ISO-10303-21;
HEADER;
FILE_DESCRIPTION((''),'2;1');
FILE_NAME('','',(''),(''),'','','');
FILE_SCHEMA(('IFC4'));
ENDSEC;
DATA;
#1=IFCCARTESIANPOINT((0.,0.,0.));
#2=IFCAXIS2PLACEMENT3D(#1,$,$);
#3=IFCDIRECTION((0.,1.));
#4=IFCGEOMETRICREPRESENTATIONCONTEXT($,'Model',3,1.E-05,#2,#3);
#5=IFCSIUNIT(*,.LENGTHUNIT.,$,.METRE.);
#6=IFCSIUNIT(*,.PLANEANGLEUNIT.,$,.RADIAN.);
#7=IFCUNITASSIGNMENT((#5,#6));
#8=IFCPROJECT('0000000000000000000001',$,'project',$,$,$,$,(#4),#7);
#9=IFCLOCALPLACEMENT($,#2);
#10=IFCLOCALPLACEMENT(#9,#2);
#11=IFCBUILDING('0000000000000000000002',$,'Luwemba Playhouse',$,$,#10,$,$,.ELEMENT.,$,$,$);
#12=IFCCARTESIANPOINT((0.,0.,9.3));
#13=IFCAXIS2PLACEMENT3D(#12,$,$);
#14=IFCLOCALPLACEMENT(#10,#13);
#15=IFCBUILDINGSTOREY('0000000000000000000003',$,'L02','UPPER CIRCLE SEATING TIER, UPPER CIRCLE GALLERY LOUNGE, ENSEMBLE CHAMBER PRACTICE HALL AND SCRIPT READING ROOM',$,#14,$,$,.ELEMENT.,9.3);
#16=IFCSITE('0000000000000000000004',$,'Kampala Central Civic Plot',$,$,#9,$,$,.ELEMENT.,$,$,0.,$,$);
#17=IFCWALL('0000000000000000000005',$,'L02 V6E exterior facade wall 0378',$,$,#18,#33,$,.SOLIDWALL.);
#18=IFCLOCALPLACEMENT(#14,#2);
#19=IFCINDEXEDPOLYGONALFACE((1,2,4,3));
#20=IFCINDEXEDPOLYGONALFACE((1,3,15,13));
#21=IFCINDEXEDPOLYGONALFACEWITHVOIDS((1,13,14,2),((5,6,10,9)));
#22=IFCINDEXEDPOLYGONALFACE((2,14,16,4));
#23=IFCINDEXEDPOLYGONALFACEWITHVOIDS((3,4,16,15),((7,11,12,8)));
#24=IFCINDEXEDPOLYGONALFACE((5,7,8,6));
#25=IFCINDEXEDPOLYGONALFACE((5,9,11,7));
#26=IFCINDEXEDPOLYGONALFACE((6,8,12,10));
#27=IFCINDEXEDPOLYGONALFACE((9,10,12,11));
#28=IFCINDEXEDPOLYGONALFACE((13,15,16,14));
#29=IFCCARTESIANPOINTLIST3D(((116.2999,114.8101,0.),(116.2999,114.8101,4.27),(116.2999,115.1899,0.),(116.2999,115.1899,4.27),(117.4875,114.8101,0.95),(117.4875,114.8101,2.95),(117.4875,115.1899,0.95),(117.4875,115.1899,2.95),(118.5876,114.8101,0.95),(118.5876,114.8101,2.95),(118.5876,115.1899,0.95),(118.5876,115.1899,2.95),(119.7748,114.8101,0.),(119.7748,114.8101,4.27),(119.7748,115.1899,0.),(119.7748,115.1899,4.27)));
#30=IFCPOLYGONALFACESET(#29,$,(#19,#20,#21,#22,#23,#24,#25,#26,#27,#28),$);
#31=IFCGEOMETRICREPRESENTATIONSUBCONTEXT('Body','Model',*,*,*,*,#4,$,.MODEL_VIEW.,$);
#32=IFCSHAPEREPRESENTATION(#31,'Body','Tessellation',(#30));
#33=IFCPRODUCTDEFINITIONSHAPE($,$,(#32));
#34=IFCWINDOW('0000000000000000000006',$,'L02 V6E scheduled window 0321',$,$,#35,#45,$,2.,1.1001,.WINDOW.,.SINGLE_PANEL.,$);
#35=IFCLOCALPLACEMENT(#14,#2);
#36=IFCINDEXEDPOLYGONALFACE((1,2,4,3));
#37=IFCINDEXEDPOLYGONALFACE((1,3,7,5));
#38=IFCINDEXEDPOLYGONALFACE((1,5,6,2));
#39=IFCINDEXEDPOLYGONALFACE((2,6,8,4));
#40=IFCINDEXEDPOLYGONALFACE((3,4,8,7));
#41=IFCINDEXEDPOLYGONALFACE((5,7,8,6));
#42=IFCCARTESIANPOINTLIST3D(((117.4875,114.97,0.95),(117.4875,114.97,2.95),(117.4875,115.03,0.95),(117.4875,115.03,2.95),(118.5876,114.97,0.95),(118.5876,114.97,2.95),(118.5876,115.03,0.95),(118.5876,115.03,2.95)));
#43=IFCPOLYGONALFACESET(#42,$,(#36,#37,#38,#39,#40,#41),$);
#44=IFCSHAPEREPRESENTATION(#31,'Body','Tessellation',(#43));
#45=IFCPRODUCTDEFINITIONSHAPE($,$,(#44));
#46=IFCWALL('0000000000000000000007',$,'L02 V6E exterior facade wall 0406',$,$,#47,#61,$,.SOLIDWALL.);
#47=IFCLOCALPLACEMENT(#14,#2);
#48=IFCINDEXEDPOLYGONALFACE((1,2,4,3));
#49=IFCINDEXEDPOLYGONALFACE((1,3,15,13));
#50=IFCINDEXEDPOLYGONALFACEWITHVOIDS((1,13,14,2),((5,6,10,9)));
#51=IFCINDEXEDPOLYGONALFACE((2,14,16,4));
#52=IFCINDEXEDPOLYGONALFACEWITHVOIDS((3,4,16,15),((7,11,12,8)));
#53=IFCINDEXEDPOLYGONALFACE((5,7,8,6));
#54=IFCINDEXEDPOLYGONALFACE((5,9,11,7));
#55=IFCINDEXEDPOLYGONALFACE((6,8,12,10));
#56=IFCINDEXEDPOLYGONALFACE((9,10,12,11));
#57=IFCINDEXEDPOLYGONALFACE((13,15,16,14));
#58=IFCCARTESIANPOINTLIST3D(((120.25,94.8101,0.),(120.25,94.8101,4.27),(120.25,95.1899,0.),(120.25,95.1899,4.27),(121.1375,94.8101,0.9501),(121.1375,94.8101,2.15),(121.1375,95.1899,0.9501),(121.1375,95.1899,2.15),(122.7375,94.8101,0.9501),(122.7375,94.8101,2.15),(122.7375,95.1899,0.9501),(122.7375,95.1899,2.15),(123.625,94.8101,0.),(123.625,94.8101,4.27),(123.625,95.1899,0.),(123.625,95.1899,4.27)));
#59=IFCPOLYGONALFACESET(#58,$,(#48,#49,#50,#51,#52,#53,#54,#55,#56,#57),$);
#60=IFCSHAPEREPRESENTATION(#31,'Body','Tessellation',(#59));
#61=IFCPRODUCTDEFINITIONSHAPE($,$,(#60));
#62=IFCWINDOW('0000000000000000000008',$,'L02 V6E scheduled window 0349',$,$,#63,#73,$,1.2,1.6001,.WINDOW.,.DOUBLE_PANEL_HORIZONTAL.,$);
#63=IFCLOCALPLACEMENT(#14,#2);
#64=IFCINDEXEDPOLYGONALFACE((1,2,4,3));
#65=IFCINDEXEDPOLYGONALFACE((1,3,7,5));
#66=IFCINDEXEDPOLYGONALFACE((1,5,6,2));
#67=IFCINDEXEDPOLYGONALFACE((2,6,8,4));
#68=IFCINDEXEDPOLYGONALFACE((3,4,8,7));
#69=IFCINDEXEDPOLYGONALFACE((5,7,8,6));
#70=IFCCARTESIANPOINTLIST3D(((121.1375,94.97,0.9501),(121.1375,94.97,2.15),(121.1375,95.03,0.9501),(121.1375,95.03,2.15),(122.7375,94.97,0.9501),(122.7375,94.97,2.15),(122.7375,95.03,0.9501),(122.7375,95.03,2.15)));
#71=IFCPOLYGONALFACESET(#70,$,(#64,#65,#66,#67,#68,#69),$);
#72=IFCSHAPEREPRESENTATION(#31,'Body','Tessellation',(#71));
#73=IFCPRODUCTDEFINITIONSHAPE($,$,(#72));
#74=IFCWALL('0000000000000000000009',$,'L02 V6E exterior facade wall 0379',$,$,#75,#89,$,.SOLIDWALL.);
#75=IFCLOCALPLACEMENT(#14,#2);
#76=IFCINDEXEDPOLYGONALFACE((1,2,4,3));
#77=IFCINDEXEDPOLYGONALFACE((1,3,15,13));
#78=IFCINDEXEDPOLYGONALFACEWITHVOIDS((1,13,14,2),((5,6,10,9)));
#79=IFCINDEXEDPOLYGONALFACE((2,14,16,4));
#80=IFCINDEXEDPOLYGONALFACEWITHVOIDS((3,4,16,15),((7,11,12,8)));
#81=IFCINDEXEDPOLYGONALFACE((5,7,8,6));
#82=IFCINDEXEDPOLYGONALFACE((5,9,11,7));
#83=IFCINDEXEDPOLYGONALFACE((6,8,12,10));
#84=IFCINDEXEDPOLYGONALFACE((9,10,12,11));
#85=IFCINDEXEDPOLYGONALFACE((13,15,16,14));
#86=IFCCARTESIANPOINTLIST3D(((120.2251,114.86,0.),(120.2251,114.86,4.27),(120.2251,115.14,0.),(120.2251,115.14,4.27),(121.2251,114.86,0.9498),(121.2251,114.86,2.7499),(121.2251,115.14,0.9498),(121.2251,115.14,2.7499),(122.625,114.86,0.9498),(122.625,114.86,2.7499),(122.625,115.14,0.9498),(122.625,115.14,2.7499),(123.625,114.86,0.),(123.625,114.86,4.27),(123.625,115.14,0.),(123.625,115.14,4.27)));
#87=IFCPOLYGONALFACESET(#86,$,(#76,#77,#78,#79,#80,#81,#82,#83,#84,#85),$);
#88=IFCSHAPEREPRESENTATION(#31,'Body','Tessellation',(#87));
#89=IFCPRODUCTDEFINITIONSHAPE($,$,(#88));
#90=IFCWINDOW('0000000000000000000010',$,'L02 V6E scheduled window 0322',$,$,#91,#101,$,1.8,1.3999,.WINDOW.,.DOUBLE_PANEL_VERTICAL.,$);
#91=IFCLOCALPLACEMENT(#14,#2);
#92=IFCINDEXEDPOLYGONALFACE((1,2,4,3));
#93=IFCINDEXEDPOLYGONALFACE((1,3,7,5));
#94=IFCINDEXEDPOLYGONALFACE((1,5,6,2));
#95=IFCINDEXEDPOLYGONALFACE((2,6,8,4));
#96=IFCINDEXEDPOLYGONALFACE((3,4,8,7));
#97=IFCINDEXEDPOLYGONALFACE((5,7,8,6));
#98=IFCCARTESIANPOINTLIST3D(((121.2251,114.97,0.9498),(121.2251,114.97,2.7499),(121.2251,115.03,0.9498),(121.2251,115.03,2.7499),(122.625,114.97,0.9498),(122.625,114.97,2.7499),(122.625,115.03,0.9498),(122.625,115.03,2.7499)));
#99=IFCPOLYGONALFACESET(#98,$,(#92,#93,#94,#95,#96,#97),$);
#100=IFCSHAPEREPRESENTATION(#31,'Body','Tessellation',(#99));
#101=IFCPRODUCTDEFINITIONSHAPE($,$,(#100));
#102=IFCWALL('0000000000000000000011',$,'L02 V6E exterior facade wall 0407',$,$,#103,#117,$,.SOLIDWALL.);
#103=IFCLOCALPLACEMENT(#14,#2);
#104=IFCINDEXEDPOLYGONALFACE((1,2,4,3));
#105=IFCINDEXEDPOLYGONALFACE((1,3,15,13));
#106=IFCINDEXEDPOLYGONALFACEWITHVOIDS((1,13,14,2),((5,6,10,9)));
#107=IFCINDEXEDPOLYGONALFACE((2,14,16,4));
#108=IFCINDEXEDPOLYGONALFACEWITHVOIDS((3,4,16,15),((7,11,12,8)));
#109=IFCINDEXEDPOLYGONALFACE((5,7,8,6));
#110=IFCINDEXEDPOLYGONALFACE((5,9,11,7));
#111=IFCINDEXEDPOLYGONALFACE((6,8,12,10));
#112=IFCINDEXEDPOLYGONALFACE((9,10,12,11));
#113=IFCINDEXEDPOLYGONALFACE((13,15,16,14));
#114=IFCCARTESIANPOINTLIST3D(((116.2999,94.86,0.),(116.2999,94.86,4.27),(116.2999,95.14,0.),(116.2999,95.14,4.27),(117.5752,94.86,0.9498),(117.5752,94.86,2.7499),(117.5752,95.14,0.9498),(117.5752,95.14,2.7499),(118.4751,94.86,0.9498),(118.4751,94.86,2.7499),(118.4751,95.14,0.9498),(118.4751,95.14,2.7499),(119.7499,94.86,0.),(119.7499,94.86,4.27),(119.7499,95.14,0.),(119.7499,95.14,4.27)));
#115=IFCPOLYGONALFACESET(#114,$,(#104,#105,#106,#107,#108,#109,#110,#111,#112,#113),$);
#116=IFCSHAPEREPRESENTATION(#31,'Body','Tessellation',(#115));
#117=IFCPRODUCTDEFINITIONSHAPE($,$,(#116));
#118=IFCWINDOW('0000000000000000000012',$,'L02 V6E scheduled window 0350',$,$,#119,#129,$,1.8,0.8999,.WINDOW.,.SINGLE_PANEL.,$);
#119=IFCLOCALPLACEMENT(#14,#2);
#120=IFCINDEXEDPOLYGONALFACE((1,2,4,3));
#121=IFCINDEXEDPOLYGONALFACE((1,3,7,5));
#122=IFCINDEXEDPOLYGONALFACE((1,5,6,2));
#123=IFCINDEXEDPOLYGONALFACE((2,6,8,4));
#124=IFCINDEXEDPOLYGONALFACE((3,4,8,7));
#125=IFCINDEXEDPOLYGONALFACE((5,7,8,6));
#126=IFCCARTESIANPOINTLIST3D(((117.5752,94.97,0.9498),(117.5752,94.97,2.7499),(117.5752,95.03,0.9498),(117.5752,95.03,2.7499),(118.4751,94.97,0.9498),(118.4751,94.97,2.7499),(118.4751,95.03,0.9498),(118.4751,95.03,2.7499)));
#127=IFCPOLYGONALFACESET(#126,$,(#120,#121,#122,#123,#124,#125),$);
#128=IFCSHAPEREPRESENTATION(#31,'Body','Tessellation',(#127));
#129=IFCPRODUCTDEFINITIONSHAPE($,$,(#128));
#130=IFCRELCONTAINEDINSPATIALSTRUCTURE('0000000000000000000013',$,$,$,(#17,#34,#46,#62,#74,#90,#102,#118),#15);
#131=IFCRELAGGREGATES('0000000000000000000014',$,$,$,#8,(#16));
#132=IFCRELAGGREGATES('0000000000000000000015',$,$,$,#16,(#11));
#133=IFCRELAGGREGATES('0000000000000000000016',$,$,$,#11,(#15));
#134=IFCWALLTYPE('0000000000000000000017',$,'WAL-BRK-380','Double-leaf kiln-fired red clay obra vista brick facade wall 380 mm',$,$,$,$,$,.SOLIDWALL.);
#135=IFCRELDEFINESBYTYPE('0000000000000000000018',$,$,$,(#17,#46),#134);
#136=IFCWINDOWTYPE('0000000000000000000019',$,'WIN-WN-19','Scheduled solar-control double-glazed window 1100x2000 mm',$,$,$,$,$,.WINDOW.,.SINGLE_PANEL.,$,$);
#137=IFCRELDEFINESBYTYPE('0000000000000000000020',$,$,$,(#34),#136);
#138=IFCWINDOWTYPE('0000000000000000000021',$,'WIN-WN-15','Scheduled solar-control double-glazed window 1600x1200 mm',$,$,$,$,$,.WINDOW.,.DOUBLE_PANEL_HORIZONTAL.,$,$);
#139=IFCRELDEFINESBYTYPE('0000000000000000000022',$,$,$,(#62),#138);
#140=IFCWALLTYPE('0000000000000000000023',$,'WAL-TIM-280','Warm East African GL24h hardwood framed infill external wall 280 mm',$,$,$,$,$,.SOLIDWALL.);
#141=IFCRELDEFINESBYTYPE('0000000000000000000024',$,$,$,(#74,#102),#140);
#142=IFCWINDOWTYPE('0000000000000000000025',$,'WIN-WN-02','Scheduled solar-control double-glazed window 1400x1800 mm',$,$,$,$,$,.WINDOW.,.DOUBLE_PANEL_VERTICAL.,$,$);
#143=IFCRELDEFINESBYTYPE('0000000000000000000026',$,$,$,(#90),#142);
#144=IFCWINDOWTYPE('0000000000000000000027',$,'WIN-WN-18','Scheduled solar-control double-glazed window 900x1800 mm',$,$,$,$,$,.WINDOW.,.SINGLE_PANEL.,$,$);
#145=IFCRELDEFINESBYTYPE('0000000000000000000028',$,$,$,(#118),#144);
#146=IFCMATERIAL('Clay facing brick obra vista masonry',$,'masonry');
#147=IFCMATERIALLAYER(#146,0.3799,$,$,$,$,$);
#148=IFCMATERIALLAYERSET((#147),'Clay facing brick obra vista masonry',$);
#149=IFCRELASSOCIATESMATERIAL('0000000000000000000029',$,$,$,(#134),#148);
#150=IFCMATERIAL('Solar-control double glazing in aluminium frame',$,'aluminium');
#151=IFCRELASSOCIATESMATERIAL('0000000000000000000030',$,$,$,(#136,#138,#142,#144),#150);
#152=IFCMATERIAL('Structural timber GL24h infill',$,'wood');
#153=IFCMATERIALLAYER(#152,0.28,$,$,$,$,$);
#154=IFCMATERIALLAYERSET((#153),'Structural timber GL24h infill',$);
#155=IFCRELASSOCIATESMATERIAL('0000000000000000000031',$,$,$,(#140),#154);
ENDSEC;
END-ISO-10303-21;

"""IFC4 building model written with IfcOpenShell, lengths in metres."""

from ifc_helpers import new_model, si_unit, direction, frame, frame_2d, origin, place, context, subcontext, project, spatial, rectangle, extrude, material, layer, layer_set, type_object, element, fill, save


model = new_model("IFC4")

# Units and contexts
model_context = context("Model", 3, precision=1e-05, world=origin(), true_north=direction((0.0, 1.0)))
body_context = subcontext(model_context, "Body", "Model", "MODEL_VIEW")
ifc_project = project(units=[si_unit("LENGTHUNIT", "METRE"), si_unit("PLANEANGLEUNIT", "RADIAN")], contexts=[model_context])

# Site, building, storey
site_placement = place(None, origin())
site = spatial("IfcSite", under=ifc_project, at=site_placement, Name="Kampala Central Civic Plot", CompositionType="ELEMENT", RefElevation=0.0)
building_placement = place(site_placement, origin())
building = spatial("IfcBuilding", under=site, at=building_placement, Name="Luwemba Playhouse", CompositionType="ELEMENT")
storey_placement = place(building_placement, frame((0.0, 0.0, 9.3)))
storey = spatial("IfcBuildingStorey", under=building, at=storey_placement, Name="L02", Description="UPPER CIRCLE SEATING TIER, UPPER CIRCLE GALLERY LOUNGE, ENSEMBLE CHAMBER PRACTICE HALL AND SCRIPT READING ROOM", CompositionType="ELEMENT", Elevation=9.3)

# Shared definitions
ifc_material_1 = material(Name="Clay facing brick obra vista masonry", Category="masonry")
ifc_layer_1 = layer(ifc_material_1, 0.3799)
ifc_layer_set_1 = layer_set([ifc_layer_1], Name="Clay facing brick obra vista masonry")
wall_type_1 = type_object("IfcWallType", Name="WAL-BRK-380", Description="Double-leaf kiln-fired red clay obra vista brick facade wall 380 mm", PredefinedType="SOLIDWALL", material=ifc_layer_set_1)

# Walls, openings, windows
wall_1_placement = place(storey_placement, frame((116.3, 115.0, 0.0), z_axis=(0.0, 0.0, 1.0), x_axis=(1.0, 0.0, 0.0)))
wall_1 = element("IfcWall", 1, at=wall_1_placement, inside=storey, type_object=wall_type_1, Name="L02 V6E exterior facade wall 0378", PredefinedType="SOLIDWALL", context=body_context, shape_type="SweptSolid", body=[
    extrude(rectangle(XDim=3.4749, YDim=0.3799, at=frame_2d((1.7373, 0.0))), origin(), (0.0, 0.0, 1.0), 4.27),
])
opening_1_placement = place(wall_1_placement, frame((1.1875, 0.0, 0.95)))
opening_1 = element("IfcOpeningElement", 2, at=opening_1_placement, cuts=wall_1, PredefinedType="OPENING", context=body_context, shape_type="SweptSolid", body=[
    extrude(rectangle(XDim=1.1001, YDim=2.0, at=frame_2d((0.55, 1.0))), frame((0.0, 0.2, 0.0), z_axis=(0.0, -1.0, 0.0), x_axis=(1.0, 0.0, 0.0)), (0.0, 0.0, 1.0), 0.3999),
])
ifc_material_2 = material(Name="Solar-control double glazing in aluminium frame", Category="aluminium")
window_type_1 = type_object("IfcWindowType", Name="WIN-WN-19", Description="Scheduled solar-control double-glazed window 1100x2000 mm", PartitioningType="SINGLE_PANEL", PredefinedType="WINDOW", material=ifc_material_2)
window_1_placement = place(opening_1_placement, origin())
window_1 = element("IfcWindow", 3, at=window_1_placement, inside=storey, type_object=window_type_1, Name="L02 V6E scheduled window 0321", OverallHeight=2.0, OverallWidth=1.1001, PartitioningType="SINGLE_PANEL", PredefinedType="WINDOW", context=body_context, shape_type="SweptSolid", body=[
    extrude(rectangle(XDim=1.1001, YDim=2.0, at=frame_2d((0.55, 1.0))), frame((0.0, 0.03, 0.0), z_axis=(0.0, -1.0, 0.0), x_axis=(1.0, 0.0, 0.0)), (0.0, 0.0, 1.0), 0.0601),
])
fill(opening_1, window_1)
wall_2_placement = place(storey_placement, frame((123.625, 95.0, 0.0), z_axis=(0.0, 0.0, 1.0), x_axis=(-1.0, 0.0, 0.0)))
wall_2 = element("IfcWall", 4, at=wall_2_placement, inside=storey, type_object=wall_type_1, Name="L02 V6E exterior facade wall 0406", PredefinedType="SOLIDWALL", context=body_context, shape_type="SweptSolid", body=[
    extrude(rectangle(XDim=3.375, YDim=0.3799, at=frame_2d((1.6875, 0.0))), origin(), (0.0, 0.0, 1.0), 4.27),
])
opening_2_placement = place(wall_2_placement, frame((0.8875, 0.0, 0.95)))
opening_2 = element("IfcOpeningElement", 5, at=opening_2_placement, cuts=wall_2, PredefinedType="OPENING", context=body_context, shape_type="SweptSolid", body=[
    extrude(rectangle(XDim=1.6001, YDim=1.2, at=frame_2d((0.8, 0.6001))), frame((0.0, 0.2, 0.0), z_axis=(0.0, -1.0, 0.0), x_axis=(1.0, 0.0, 0.0)), (0.0, 0.0, 1.0), 0.3999),
])
window_type_2 = type_object("IfcWindowType", Name="WIN-WN-15", Description="Scheduled solar-control double-glazed window 1600x1200 mm", PartitioningType="DOUBLE_PANEL_HORIZONTAL", PredefinedType="WINDOW", material=ifc_material_2)
window_2_placement = place(opening_2_placement, origin())
window_2 = element("IfcWindow", 6, at=window_2_placement, inside=storey, type_object=window_type_2, Name="L02 V6E scheduled window 0349", OverallHeight=1.2, OverallWidth=1.6001, PartitioningType="DOUBLE_PANEL_HORIZONTAL", PredefinedType="WINDOW", context=body_context, shape_type="SweptSolid", body=[
    extrude(rectangle(XDim=1.6001, YDim=1.2, at=frame_2d((0.8, 0.6001))), frame((0.0, 0.03, 0.0), z_axis=(0.0, -1.0, 0.0), x_axis=(1.0, 0.0, 0.0)), (0.0, 0.0, 1.0), 0.0601),
])
fill(opening_2, window_2)
ifc_material_3 = material(Name="Structural timber GL24h infill", Category="wood")
ifc_layer_2 = layer(ifc_material_3, 0.28)
ifc_layer_set_2 = layer_set([ifc_layer_2], Name="Structural timber GL24h infill")
wall_type_2 = type_object("IfcWallType", Name="WAL-TIM-280", Description="Warm East African GL24h hardwood framed infill external wall 280 mm", PredefinedType="SOLIDWALL", material=ifc_layer_set_2)
wall_3_placement = place(storey_placement, frame((120.2251, 115.0, 0.0), z_axis=(0.0, 0.0, 1.0), x_axis=(1.0, 0.0, 0.0)))
wall_3 = element("IfcWall", 7, at=wall_3_placement, inside=storey, type_object=wall_type_2, Name="L02 V6E exterior facade wall 0379", PredefinedType="SOLIDWALL", context=body_context, shape_type="SweptSolid", body=[
    extrude(rectangle(XDim=3.3999, YDim=0.28, at=frame_2d((1.7, 0.0))), origin(), (0.0, 0.0, 1.0), 4.27),
])
opening_3_placement = place(wall_3_placement, frame((1.0, 0.0, 0.95)))
opening_3 = element("IfcOpeningElement", 8, at=opening_3_placement, cuts=wall_3, PredefinedType="OPENING", context=body_context, shape_type="SweptSolid", body=[
    extrude(rectangle(XDim=1.3999, YDim=1.8, at=frame_2d((0.7, 0.8999))), frame((0.0, 0.1499, 0.0), z_axis=(0.0, -1.0, 0.0), x_axis=(1.0, 0.0, 0.0)), (0.0, 0.0, 1.0), 0.3),
])
window_type_3 = type_object("IfcWindowType", Name="WIN-WN-02", Description="Scheduled solar-control double-glazed window 1400x1800 mm", PartitioningType="DOUBLE_PANEL_VERTICAL", PredefinedType="WINDOW", material=ifc_material_2)
window_3_placement = place(opening_3_placement, origin())
window_3 = element("IfcWindow", 9, at=window_3_placement, inside=storey, type_object=window_type_3, Name="L02 V6E scheduled window 0322", OverallHeight=1.8, OverallWidth=1.3999, PartitioningType="DOUBLE_PANEL_VERTICAL", PredefinedType="WINDOW", context=body_context, shape_type="SweptSolid", body=[
    extrude(rectangle(XDim=1.3999, YDim=1.8, at=frame_2d((0.7, 0.8999))), frame((0.0, 0.03, 0.0), z_axis=(0.0, -1.0, 0.0), x_axis=(1.0, 0.0, 0.0)), (0.0, 0.0, 1.0), 0.0601),
])
fill(opening_3, window_3)
wall_4_placement = place(storey_placement, frame((119.75, 95.0, 0.0), z_axis=(0.0, 0.0, 1.0), x_axis=(-1.0, 0.0, 0.0)))
wall_4 = element("IfcWall", 10, at=wall_4_placement, inside=storey, type_object=wall_type_2, Name="L02 V6E exterior facade wall 0407", PredefinedType="SOLIDWALL", context=body_context, shape_type="SweptSolid", body=[
    extrude(rectangle(XDim=3.45, YDim=0.28, at=frame_2d((1.7251, 0.0))), origin(), (0.0, 0.0, 1.0), 4.27),
])
opening_4_placement = place(wall_4_placement, frame((1.2749, 0.0, 0.95)))
opening_4 = element("IfcOpeningElement", 11, at=opening_4_placement, cuts=wall_4, PredefinedType="OPENING", context=body_context, shape_type="SweptSolid", body=[
    extrude(rectangle(XDim=0.8999, YDim=1.8, at=frame_2d((0.45, 0.8999))), frame((0.0, 0.1499, 0.0), z_axis=(0.0, -1.0, 0.0), x_axis=(1.0, 0.0, 0.0)), (0.0, 0.0, 1.0), 0.3),
])
window_type_4 = type_object("IfcWindowType", Name="WIN-WN-18", Description="Scheduled solar-control double-glazed window 900x1800 mm", PartitioningType="SINGLE_PANEL", PredefinedType="WINDOW", material=ifc_material_2)
window_4_placement = place(opening_4_placement, origin())
window_4 = element("IfcWindow", 12, at=window_4_placement, inside=storey, type_object=window_type_4, Name="L02 V6E scheduled window 0350", OverallHeight=1.8, OverallWidth=0.8999, PartitioningType="SINGLE_PANEL", PredefinedType="WINDOW", context=body_context, shape_type="SweptSolid", body=[
    extrude(rectangle(XDim=0.8999, YDim=1.8, at=frame_2d((0.45, 0.8999))), frame((0.0, 0.03, 0.0), z_axis=(0.0, -1.0, 0.0), x_axis=(1.0, 0.0, 0.0)), (0.0, 0.0, 1.0), 0.0601),
])
fill(opening_4, window_4)

save(model, "model.ifc")
